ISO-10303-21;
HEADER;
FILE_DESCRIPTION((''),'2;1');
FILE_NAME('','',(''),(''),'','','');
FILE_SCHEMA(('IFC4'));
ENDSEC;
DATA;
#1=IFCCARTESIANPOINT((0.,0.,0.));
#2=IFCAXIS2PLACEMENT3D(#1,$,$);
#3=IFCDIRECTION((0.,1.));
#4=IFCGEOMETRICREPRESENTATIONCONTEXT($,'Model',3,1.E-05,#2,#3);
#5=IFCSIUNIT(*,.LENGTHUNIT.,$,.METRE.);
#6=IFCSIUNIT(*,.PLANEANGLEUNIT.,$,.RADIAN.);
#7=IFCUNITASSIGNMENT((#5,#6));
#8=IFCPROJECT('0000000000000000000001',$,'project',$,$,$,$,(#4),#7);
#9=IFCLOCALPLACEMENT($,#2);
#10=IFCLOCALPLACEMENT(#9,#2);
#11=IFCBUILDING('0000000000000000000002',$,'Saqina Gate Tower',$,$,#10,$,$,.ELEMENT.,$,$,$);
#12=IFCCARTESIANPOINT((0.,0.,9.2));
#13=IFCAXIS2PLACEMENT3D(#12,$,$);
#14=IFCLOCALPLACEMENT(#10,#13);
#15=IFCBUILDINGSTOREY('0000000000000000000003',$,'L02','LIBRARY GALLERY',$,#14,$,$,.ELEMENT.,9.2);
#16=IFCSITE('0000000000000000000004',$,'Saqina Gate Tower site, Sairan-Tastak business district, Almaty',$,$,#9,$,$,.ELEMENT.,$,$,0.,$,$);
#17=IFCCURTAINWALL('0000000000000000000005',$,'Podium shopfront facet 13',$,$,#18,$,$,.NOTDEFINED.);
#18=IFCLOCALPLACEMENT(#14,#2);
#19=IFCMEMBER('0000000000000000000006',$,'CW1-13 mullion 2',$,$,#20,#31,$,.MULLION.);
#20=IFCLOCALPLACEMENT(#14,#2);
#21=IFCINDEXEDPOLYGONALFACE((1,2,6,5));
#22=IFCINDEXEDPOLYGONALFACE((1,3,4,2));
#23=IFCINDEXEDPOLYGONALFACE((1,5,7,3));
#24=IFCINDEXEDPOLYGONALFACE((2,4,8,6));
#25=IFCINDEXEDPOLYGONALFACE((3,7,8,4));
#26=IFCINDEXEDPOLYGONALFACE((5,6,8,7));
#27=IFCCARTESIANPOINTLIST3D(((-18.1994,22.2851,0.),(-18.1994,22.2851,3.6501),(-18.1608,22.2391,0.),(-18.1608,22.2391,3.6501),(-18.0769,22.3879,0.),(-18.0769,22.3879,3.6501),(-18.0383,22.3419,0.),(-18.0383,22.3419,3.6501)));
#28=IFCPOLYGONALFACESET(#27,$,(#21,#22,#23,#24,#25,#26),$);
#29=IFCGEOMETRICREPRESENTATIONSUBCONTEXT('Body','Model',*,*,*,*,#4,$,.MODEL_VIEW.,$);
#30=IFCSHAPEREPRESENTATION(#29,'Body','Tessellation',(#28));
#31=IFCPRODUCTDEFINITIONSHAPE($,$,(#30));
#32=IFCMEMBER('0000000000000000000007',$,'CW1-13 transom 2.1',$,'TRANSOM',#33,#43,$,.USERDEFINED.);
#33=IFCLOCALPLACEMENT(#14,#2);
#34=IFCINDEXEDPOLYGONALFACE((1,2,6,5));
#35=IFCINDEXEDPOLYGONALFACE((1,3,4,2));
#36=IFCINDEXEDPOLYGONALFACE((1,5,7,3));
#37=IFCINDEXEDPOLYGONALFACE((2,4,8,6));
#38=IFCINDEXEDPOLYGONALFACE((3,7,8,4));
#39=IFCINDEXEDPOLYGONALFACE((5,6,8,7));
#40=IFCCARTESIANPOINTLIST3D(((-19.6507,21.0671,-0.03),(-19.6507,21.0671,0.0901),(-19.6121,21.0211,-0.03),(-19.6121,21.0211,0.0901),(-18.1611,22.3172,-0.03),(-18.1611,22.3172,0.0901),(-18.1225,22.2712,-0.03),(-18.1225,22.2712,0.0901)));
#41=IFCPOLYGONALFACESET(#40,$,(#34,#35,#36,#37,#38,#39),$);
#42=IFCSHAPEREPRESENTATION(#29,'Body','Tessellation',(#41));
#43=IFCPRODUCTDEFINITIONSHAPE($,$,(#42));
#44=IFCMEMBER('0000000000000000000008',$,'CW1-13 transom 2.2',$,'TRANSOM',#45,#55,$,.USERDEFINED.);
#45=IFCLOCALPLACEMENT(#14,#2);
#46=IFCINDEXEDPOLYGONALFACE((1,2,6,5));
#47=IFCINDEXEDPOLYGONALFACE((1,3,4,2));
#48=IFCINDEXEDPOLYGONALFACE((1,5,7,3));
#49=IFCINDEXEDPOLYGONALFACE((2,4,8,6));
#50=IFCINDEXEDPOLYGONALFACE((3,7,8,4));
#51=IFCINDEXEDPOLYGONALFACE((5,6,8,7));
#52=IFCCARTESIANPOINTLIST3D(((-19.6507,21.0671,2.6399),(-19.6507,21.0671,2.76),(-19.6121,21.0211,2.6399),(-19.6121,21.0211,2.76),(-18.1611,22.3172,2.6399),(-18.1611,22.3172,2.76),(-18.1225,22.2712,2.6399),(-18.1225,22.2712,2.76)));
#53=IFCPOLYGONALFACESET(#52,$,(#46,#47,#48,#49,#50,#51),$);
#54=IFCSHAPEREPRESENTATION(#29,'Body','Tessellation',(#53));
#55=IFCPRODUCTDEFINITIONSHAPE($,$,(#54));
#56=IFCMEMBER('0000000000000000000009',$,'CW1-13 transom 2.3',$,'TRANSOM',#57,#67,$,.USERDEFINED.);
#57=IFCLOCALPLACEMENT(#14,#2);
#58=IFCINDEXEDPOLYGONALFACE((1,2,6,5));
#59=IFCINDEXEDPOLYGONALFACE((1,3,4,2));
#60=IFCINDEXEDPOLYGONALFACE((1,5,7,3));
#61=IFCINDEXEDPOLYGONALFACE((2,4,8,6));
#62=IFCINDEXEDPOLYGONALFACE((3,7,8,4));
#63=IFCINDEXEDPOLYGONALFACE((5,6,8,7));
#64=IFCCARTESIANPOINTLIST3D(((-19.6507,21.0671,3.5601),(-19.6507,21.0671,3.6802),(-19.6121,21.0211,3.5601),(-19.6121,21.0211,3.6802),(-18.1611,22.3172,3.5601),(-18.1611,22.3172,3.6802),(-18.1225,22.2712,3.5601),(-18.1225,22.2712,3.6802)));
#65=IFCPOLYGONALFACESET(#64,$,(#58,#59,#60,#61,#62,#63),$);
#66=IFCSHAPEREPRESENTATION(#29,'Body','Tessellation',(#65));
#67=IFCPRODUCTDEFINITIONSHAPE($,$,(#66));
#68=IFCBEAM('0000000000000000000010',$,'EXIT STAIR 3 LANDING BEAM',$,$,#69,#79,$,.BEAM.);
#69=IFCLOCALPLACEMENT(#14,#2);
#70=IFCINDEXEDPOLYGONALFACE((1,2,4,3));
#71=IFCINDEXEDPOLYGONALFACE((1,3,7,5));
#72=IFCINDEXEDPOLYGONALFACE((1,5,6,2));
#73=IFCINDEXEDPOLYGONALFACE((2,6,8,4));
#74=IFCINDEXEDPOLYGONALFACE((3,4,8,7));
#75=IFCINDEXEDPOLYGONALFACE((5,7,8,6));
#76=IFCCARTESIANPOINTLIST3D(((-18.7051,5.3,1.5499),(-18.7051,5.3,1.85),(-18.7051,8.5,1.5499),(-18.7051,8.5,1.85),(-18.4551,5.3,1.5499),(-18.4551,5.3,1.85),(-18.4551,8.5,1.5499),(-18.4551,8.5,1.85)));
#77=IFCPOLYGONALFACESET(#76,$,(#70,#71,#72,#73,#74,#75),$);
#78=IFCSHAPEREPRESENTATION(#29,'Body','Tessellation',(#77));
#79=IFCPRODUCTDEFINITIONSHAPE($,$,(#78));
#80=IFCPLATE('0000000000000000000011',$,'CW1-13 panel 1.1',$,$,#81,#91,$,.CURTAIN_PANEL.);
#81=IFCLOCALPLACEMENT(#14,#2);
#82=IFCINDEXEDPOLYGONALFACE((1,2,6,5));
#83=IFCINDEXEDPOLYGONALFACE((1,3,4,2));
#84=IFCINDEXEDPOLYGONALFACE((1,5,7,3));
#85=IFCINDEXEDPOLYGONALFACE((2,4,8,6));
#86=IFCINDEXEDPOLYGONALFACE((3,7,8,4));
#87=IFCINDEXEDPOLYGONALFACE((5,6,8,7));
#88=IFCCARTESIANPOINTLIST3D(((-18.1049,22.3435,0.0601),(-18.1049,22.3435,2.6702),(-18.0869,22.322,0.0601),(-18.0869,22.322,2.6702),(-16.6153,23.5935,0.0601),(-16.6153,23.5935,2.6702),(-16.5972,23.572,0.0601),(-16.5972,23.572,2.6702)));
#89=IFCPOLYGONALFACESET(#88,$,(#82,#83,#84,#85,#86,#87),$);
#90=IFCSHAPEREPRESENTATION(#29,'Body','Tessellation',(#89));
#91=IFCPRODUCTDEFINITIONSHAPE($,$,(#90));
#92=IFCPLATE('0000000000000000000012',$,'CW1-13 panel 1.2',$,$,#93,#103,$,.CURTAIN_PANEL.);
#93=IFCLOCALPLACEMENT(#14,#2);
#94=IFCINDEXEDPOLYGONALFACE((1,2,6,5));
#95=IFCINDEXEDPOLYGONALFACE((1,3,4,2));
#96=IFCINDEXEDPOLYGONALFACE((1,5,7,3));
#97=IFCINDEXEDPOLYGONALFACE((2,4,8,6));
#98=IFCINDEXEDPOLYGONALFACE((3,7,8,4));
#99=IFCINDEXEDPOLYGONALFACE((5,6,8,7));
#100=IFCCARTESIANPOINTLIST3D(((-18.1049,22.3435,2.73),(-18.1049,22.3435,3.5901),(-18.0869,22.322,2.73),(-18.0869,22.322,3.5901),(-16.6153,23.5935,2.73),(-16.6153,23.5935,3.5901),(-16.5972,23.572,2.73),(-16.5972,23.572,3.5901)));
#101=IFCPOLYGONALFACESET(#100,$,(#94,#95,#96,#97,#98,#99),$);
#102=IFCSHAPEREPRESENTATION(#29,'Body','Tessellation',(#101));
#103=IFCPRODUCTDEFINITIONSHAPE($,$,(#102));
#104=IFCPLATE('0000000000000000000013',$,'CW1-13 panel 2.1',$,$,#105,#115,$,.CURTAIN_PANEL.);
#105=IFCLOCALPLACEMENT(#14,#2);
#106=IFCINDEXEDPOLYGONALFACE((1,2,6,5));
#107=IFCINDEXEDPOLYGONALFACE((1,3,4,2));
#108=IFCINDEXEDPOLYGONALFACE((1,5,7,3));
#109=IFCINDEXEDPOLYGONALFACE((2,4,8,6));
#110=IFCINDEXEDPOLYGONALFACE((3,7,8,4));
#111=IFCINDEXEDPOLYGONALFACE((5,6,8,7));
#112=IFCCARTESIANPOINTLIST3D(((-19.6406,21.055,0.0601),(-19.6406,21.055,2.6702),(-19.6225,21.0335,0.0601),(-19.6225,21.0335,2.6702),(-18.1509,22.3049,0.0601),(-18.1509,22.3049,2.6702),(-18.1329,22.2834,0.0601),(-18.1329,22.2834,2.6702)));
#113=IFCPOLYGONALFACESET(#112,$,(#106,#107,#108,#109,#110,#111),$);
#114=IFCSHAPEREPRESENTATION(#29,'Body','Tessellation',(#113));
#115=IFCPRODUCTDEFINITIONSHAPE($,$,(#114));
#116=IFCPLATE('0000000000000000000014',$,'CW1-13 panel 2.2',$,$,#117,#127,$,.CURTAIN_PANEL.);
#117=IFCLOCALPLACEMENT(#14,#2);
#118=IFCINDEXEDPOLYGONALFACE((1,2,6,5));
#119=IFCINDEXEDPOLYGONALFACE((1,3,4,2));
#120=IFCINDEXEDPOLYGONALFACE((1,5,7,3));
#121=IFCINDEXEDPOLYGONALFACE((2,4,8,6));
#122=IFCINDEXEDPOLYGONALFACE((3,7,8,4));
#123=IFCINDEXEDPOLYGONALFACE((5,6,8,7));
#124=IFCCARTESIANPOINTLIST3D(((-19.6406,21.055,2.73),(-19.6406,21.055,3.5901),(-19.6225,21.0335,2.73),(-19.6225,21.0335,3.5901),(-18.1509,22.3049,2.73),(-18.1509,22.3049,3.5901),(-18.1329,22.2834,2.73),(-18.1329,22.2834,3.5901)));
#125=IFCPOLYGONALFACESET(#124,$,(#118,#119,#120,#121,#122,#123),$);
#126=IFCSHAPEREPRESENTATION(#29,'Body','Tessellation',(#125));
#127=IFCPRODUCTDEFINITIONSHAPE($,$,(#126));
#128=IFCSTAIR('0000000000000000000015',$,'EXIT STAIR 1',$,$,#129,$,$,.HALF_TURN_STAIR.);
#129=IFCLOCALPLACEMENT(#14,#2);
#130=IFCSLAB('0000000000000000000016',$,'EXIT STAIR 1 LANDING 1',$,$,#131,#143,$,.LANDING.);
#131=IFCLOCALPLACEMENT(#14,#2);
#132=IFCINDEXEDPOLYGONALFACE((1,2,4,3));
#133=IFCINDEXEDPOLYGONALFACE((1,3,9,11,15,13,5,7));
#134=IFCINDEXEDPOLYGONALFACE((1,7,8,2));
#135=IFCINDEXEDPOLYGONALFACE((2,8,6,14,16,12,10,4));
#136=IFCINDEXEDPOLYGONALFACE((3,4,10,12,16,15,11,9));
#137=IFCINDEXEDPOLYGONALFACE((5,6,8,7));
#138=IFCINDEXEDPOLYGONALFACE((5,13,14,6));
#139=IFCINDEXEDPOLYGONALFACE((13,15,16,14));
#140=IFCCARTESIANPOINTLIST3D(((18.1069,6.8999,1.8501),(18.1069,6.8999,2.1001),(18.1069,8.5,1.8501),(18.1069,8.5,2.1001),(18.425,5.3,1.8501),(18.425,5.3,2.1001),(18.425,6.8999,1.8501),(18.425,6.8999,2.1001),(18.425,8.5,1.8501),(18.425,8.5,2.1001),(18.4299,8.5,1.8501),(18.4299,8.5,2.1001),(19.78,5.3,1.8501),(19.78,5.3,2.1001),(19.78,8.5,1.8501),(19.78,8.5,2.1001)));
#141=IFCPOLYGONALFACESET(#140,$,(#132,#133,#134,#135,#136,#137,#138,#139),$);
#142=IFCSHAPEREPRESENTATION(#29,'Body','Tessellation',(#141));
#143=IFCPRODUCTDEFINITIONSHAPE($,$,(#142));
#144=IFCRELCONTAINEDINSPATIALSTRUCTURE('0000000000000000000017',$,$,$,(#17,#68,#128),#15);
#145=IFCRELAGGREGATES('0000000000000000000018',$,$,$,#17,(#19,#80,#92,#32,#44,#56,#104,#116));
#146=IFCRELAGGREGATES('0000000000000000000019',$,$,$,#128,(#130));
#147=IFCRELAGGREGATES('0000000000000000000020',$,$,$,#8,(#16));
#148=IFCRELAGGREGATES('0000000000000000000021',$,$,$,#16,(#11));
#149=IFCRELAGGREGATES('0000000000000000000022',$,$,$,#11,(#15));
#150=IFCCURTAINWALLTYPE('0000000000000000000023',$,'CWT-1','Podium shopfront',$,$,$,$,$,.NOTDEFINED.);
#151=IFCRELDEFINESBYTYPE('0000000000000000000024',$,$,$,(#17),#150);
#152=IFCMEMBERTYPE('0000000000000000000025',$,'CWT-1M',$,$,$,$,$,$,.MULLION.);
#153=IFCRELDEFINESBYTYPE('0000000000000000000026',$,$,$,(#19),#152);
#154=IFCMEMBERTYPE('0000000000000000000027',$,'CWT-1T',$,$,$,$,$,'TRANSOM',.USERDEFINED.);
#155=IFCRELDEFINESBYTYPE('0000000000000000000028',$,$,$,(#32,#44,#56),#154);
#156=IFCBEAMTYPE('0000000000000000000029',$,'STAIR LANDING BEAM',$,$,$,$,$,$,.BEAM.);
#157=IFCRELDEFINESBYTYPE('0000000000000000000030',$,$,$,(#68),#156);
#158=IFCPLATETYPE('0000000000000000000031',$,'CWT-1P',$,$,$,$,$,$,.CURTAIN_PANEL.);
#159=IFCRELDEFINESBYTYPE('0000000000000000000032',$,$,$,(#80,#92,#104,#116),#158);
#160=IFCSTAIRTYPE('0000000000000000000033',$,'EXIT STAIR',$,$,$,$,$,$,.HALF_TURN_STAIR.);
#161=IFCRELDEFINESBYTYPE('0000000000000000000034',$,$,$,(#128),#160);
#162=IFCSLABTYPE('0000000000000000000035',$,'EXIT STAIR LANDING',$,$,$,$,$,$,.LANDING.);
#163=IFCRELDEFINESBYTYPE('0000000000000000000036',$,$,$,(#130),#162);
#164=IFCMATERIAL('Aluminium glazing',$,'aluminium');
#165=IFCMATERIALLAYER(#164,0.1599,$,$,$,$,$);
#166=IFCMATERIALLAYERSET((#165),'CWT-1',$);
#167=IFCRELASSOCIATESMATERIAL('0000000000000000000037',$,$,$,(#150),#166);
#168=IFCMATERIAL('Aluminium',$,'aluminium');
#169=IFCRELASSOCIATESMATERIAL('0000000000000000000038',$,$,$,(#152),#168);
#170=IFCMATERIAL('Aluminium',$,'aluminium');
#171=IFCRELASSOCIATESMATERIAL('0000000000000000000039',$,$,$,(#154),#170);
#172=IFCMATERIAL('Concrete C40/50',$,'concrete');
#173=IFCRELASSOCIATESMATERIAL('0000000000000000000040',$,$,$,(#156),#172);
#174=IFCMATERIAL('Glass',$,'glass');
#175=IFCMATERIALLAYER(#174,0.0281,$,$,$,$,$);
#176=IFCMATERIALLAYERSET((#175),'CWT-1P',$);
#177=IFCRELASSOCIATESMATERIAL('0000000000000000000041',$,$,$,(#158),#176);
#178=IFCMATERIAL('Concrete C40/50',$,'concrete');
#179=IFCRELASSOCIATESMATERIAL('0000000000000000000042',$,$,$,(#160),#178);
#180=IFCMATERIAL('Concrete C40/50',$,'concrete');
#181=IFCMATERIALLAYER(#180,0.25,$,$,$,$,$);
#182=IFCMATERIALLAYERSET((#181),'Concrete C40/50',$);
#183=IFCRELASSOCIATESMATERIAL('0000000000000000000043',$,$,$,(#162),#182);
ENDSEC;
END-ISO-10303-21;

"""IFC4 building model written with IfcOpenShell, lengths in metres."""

from ifc_helpers import new_model, si_unit, direction, frame, origin, origin_2d, place, context, subcontext, project, spatial, polyline, rectangle, outline, extrude, material, layer, layer_set, material_profile, profile_set, type_object, element, aggregate, save


model = new_model("IFC4")

# Units and contexts
model_context = context("Model", 3, precision=1e-05, world=origin(), true_north=direction((0.0, 1.0)))
body_context = subcontext(model_context, "Body", "Model", "MODEL_VIEW")
ifc_project = project(units=[si_unit("LENGTHUNIT", "METRE"), si_unit("PLANEANGLEUNIT", "RADIAN")], contexts=[model_context])

# Site, building, storey
site_placement = place(None, origin())
site = spatial("IfcSite", under=ifc_project, at=site_placement, Name="Saqina Gate Tower site, Sairan-Tastak business district, Almaty", CompositionType="ELEMENT", RefElevation=0.0)
building_placement = place(site_placement, origin())
building = spatial("IfcBuilding", under=site, at=building_placement, Name="Saqina Gate Tower", CompositionType="ELEMENT")
storey_placement = place(building_placement, frame((0.0, 0.0, 9.2)))
storey = spatial("IfcBuildingStorey", under=building, at=storey_placement, Name="L02", Description="LIBRARY GALLERY", CompositionType="ELEMENT", Elevation=9.2)

# Curtain wall, members
ifc_material_1 = material(Name="Aluminium glazing", Category="aluminium")
ifc_layer_1 = layer(ifc_material_1, 0.1599)
ifc_layer_set_1 = layer_set([ifc_layer_1], Name="CWT-1")
curtain_wall_type = type_object("IfcCurtainWallType", Name="CWT-1", Description="Podium shopfront", PredefinedType="NOTDEFINED", material=ifc_layer_set_1)
curtain_wall_placement = place(storey_placement, origin())
curtain_wall = element("IfcCurtainWall", 1, at=curtain_wall_placement, inside=storey, type_object=curtain_wall_type, Name="Podium shopfront facet 13", PredefinedType="NOTDEFINED")
ifc_material_2 = material(Name="Aluminium", Category="aluminium")
ifc_material_profile_1 = material_profile(ifc_material_2, rectangle(XDim=0.0601, YDim=0.1599, at=origin_2d()), Name="Aluminium 60x160")
ifc_profile_set_1 = profile_set([ifc_material_profile_1], Name="Aluminium")
member_type_1 = type_object("IfcMemberType", Name="CWT-1M", PredefinedType="MULLION", material=ifc_profile_set_1)
member_1_placement = place(storey_placement, frame((-18.1189, 22.3135, 0.0), z_axis=(0.0, 0.0, 1.0), x_axis=(0.642779, -0.766051, 0.0)))
member_1 = element("IfcMember", 2, at=member_1_placement, type_object=member_type_1, Name="CW1-13 mullion 2", PredefinedType="MULLION", context=body_context, shape_type="SweptSolid", body=[
    extrude(rectangle(XDim=0.0601, YDim=0.1599, at=origin_2d()), origin(), (0.0, 0.0, 1.0), 3.6501),
])
ifc_material_3 = material(Name="Aluminium", Category="aluminium")
ifc_material_profile_2 = material_profile(ifc_material_3, rectangle(XDim=0.0601, YDim=0.1201, at=origin_2d()), Name="Aluminium 60x120")
ifc_profile_set_2 = profile_set([ifc_material_profile_2], Name="Aluminium")
member_type_2 = type_object("IfcMemberType", Name="CWT-1T", ElementType="TRANSOM", PredefinedType="USERDEFINED", material=ifc_profile_set_2)
member_2_placement = place(storey_placement, frame((-18.1418, 22.2942, 0.03), z_axis=(-0.766004, -0.642836, 0.0), x_axis=(0.642836, -0.766004, 0.0)))
member_2 = element("IfcMember", 3, at=member_2_placement, type_object=member_type_2, Name="CW1-13 transom 2.1", ObjectType="TRANSOM", PredefinedType="USERDEFINED", context=body_context, shape_type="SweptSolid", body=[
    extrude(rectangle(XDim=0.0601, YDim=0.1201, at=origin_2d()), origin(), (0.0, 0.0, 1.0), 1.9446),
])
member_3_placement = place(storey_placement, frame((-18.1418, 22.2942, 2.7), z_axis=(-0.766004, -0.642836, 0.0), x_axis=(0.642836, -0.766004, 0.0)))
member_3 = element("IfcMember", 4, at=member_3_placement, type_object=member_type_2, Name="CW1-13 transom 2.2", ObjectType="TRANSOM", PredefinedType="USERDEFINED", context=body_context, shape_type="SweptSolid", body=[
    extrude(rectangle(XDim=0.0601, YDim=0.1201, at=origin_2d()), origin(), (0.0, 0.0, 1.0), 1.9446),
])
member_4_placement = place(storey_placement, frame((-18.1418, 22.2942, 3.6201), z_axis=(-0.766004, -0.642836, 0.0), x_axis=(0.642836, -0.766004, 0.0)))
member_4 = element("IfcMember", 5, at=member_4_placement, type_object=member_type_2, Name="CW1-13 transom 2.3", ObjectType="TRANSOM", PredefinedType="USERDEFINED", context=body_context, shape_type="SweptSolid", body=[
    extrude(rectangle(XDim=0.0601, YDim=0.1201, at=origin_2d()), origin(), (0.0, 0.0, 1.0), 1.9446),
])

# Beam
ifc_material_4 = material(Name="Concrete C40/50", Category="concrete")
ifc_material_profile_3 = material_profile(ifc_material_4, rectangle(XDim=0.25, YDim=0.3, at=origin_2d()), Name="STAIR LANDING BEAM")
ifc_profile_set_3 = profile_set([ifc_material_profile_3], Name="Concrete C40/50")
beam_type = type_object("IfcBeamType", Name="STAIR LANDING BEAM", PredefinedType="BEAM", material=ifc_profile_set_3)
beam_placement = place(storey_placement, frame((-18.5801, 5.3, 1.7), z_axis=(0.0, 1.0, 0.0), x_axis=(-1.0, 0.0, 0.0)))
element("IfcBeam", 6, at=beam_placement, inside=storey, type_object=beam_type, Name="EXIT STAIR 3 LANDING BEAM", PredefinedType="BEAM", context=body_context, shape_type="SweptSolid", body=[
    extrude(rectangle(XDim=0.25, YDim=0.3, at=origin_2d()), origin(), (0.0, 0.0, 1.0), 3.2),
])

# Plates
ifc_material_5 = material(Name="Glass", Category="glass")
ifc_layer_2 = layer(ifc_material_5, 0.0281)
ifc_layer_set_2 = layer_set([ifc_layer_2], Name="CWT-1P")
plate_type = type_object("IfcPlateType", Name="CWT-1P", PredefinedType="CURTAIN_PANEL", material=ifc_layer_set_2)
plate_1_placement = place(storey_placement, frame((-17.3511, 22.9578, 0.0601), z_axis=(0.0, 0.0, 1.0), x_axis=(-0.766051, -0.642779, 0.0)))
plate_1 = element("IfcPlate", 7, at=plate_1_placement, type_object=plate_type, Name="CW1-13 panel 1.1", PredefinedType="CURTAIN_PANEL", context=body_context, shape_type="SweptSolid", body=[
    extrude(rectangle(XDim=1.9446, YDim=0.0281, at=origin_2d()), origin(), (0.0, 0.0, 1.0), 2.6101),
])
plate_2_placement = place(storey_placement, frame((-17.3511, 22.9578, 2.73), z_axis=(0.0, 0.0, 1.0), x_axis=(-0.766051, -0.642779, 0.0)))
plate_2 = element("IfcPlate", 8, at=plate_2_placement, type_object=plate_type, Name="CW1-13 panel 1.2", PredefinedType="CURTAIN_PANEL", context=body_context, shape_type="SweptSolid", body=[
    extrude(rectangle(XDim=1.9446, YDim=0.0281, at=origin_2d()), origin(), (0.0, 0.0, 1.0), 0.8601),
])
plate_3_placement = place(storey_placement, frame((-18.8867, 21.6692, 0.0601), z_axis=(0.0, 0.0, 1.0), x_axis=(-0.766051, -0.642779, 0.0)))
plate_3 = element("IfcPlate", 9, at=plate_3_placement, type_object=plate_type, Name="CW1-13 panel 2.1", PredefinedType="CURTAIN_PANEL", context=body_context, shape_type="SweptSolid", body=[
    extrude(rectangle(XDim=1.9446, YDim=0.0281, at=origin_2d()), origin(), (0.0, 0.0, 1.0), 2.6101),
])
plate_4_placement = place(storey_placement, frame((-18.8867, 21.6692, 2.73), z_axis=(0.0, 0.0, 1.0), x_axis=(-0.766051, -0.642779, 0.0)))
plate_4 = element("IfcPlate", 10, at=plate_4_placement, type_object=plate_type, Name="CW1-13 panel 2.2", PredefinedType="CURTAIN_PANEL", context=body_context, shape_type="SweptSolid", body=[
    extrude(rectangle(XDim=1.9446, YDim=0.0281, at=origin_2d()), origin(), (0.0, 0.0, 1.0), 0.8601),
])
aggregate(curtain_wall, [member_1, plate_1, plate_2, member_2, member_3, member_4, plate_3, plate_4])

# Stair, slab
ifc_material_6 = material(Name="Concrete C40/50", Category="concrete")
stair_type = type_object("IfcStairType", Name="EXIT STAIR", PredefinedType="HALF_TURN_STAIR", material=ifc_material_6)
stair_1_placement = place(storey_placement, origin())
stair_1 = element("IfcStair", 11, at=stair_1_placement, inside=storey, type_object=stair_type, Name="EXIT STAIR 1", PredefinedType="HALF_TURN_STAIR")
ifc_material_7 = material(Name="Concrete C40/50", Category="concrete")
ifc_layer_3 = layer(ifc_material_7, 0.25)
ifc_layer_set_3 = layer_set([ifc_layer_3], Name="Concrete C40/50")
slab_type_1 = type_object("IfcSlabType", Name="EXIT STAIR LANDING", PredefinedType="LANDING", material=ifc_layer_set_3)
slab_1_placement = place(storey_placement, frame((0.0, 0.0, 1.8501)))
slab_1 = element("IfcSlab", 12, at=slab_1_placement, type_object=slab_type_1, Name="EXIT STAIR 1 LANDING 1", PredefinedType="LANDING", context=body_context, shape_type="SweptSolid", body=[
    extrude(outline(polyline([(19.78, 8.5), (19.78, 5.3), (18.425, 5.3), (18.425, 6.8999), (18.1069, 6.8999), (18.1069, 8.5), (18.425, 8.5), (18.4299, 8.5), (19.78, 8.5)])), origin(), (0.0, 0.0, 1.0), 0.25),
])
aggregate(stair_1, [slab_1])

save(model, "model.ifc")
